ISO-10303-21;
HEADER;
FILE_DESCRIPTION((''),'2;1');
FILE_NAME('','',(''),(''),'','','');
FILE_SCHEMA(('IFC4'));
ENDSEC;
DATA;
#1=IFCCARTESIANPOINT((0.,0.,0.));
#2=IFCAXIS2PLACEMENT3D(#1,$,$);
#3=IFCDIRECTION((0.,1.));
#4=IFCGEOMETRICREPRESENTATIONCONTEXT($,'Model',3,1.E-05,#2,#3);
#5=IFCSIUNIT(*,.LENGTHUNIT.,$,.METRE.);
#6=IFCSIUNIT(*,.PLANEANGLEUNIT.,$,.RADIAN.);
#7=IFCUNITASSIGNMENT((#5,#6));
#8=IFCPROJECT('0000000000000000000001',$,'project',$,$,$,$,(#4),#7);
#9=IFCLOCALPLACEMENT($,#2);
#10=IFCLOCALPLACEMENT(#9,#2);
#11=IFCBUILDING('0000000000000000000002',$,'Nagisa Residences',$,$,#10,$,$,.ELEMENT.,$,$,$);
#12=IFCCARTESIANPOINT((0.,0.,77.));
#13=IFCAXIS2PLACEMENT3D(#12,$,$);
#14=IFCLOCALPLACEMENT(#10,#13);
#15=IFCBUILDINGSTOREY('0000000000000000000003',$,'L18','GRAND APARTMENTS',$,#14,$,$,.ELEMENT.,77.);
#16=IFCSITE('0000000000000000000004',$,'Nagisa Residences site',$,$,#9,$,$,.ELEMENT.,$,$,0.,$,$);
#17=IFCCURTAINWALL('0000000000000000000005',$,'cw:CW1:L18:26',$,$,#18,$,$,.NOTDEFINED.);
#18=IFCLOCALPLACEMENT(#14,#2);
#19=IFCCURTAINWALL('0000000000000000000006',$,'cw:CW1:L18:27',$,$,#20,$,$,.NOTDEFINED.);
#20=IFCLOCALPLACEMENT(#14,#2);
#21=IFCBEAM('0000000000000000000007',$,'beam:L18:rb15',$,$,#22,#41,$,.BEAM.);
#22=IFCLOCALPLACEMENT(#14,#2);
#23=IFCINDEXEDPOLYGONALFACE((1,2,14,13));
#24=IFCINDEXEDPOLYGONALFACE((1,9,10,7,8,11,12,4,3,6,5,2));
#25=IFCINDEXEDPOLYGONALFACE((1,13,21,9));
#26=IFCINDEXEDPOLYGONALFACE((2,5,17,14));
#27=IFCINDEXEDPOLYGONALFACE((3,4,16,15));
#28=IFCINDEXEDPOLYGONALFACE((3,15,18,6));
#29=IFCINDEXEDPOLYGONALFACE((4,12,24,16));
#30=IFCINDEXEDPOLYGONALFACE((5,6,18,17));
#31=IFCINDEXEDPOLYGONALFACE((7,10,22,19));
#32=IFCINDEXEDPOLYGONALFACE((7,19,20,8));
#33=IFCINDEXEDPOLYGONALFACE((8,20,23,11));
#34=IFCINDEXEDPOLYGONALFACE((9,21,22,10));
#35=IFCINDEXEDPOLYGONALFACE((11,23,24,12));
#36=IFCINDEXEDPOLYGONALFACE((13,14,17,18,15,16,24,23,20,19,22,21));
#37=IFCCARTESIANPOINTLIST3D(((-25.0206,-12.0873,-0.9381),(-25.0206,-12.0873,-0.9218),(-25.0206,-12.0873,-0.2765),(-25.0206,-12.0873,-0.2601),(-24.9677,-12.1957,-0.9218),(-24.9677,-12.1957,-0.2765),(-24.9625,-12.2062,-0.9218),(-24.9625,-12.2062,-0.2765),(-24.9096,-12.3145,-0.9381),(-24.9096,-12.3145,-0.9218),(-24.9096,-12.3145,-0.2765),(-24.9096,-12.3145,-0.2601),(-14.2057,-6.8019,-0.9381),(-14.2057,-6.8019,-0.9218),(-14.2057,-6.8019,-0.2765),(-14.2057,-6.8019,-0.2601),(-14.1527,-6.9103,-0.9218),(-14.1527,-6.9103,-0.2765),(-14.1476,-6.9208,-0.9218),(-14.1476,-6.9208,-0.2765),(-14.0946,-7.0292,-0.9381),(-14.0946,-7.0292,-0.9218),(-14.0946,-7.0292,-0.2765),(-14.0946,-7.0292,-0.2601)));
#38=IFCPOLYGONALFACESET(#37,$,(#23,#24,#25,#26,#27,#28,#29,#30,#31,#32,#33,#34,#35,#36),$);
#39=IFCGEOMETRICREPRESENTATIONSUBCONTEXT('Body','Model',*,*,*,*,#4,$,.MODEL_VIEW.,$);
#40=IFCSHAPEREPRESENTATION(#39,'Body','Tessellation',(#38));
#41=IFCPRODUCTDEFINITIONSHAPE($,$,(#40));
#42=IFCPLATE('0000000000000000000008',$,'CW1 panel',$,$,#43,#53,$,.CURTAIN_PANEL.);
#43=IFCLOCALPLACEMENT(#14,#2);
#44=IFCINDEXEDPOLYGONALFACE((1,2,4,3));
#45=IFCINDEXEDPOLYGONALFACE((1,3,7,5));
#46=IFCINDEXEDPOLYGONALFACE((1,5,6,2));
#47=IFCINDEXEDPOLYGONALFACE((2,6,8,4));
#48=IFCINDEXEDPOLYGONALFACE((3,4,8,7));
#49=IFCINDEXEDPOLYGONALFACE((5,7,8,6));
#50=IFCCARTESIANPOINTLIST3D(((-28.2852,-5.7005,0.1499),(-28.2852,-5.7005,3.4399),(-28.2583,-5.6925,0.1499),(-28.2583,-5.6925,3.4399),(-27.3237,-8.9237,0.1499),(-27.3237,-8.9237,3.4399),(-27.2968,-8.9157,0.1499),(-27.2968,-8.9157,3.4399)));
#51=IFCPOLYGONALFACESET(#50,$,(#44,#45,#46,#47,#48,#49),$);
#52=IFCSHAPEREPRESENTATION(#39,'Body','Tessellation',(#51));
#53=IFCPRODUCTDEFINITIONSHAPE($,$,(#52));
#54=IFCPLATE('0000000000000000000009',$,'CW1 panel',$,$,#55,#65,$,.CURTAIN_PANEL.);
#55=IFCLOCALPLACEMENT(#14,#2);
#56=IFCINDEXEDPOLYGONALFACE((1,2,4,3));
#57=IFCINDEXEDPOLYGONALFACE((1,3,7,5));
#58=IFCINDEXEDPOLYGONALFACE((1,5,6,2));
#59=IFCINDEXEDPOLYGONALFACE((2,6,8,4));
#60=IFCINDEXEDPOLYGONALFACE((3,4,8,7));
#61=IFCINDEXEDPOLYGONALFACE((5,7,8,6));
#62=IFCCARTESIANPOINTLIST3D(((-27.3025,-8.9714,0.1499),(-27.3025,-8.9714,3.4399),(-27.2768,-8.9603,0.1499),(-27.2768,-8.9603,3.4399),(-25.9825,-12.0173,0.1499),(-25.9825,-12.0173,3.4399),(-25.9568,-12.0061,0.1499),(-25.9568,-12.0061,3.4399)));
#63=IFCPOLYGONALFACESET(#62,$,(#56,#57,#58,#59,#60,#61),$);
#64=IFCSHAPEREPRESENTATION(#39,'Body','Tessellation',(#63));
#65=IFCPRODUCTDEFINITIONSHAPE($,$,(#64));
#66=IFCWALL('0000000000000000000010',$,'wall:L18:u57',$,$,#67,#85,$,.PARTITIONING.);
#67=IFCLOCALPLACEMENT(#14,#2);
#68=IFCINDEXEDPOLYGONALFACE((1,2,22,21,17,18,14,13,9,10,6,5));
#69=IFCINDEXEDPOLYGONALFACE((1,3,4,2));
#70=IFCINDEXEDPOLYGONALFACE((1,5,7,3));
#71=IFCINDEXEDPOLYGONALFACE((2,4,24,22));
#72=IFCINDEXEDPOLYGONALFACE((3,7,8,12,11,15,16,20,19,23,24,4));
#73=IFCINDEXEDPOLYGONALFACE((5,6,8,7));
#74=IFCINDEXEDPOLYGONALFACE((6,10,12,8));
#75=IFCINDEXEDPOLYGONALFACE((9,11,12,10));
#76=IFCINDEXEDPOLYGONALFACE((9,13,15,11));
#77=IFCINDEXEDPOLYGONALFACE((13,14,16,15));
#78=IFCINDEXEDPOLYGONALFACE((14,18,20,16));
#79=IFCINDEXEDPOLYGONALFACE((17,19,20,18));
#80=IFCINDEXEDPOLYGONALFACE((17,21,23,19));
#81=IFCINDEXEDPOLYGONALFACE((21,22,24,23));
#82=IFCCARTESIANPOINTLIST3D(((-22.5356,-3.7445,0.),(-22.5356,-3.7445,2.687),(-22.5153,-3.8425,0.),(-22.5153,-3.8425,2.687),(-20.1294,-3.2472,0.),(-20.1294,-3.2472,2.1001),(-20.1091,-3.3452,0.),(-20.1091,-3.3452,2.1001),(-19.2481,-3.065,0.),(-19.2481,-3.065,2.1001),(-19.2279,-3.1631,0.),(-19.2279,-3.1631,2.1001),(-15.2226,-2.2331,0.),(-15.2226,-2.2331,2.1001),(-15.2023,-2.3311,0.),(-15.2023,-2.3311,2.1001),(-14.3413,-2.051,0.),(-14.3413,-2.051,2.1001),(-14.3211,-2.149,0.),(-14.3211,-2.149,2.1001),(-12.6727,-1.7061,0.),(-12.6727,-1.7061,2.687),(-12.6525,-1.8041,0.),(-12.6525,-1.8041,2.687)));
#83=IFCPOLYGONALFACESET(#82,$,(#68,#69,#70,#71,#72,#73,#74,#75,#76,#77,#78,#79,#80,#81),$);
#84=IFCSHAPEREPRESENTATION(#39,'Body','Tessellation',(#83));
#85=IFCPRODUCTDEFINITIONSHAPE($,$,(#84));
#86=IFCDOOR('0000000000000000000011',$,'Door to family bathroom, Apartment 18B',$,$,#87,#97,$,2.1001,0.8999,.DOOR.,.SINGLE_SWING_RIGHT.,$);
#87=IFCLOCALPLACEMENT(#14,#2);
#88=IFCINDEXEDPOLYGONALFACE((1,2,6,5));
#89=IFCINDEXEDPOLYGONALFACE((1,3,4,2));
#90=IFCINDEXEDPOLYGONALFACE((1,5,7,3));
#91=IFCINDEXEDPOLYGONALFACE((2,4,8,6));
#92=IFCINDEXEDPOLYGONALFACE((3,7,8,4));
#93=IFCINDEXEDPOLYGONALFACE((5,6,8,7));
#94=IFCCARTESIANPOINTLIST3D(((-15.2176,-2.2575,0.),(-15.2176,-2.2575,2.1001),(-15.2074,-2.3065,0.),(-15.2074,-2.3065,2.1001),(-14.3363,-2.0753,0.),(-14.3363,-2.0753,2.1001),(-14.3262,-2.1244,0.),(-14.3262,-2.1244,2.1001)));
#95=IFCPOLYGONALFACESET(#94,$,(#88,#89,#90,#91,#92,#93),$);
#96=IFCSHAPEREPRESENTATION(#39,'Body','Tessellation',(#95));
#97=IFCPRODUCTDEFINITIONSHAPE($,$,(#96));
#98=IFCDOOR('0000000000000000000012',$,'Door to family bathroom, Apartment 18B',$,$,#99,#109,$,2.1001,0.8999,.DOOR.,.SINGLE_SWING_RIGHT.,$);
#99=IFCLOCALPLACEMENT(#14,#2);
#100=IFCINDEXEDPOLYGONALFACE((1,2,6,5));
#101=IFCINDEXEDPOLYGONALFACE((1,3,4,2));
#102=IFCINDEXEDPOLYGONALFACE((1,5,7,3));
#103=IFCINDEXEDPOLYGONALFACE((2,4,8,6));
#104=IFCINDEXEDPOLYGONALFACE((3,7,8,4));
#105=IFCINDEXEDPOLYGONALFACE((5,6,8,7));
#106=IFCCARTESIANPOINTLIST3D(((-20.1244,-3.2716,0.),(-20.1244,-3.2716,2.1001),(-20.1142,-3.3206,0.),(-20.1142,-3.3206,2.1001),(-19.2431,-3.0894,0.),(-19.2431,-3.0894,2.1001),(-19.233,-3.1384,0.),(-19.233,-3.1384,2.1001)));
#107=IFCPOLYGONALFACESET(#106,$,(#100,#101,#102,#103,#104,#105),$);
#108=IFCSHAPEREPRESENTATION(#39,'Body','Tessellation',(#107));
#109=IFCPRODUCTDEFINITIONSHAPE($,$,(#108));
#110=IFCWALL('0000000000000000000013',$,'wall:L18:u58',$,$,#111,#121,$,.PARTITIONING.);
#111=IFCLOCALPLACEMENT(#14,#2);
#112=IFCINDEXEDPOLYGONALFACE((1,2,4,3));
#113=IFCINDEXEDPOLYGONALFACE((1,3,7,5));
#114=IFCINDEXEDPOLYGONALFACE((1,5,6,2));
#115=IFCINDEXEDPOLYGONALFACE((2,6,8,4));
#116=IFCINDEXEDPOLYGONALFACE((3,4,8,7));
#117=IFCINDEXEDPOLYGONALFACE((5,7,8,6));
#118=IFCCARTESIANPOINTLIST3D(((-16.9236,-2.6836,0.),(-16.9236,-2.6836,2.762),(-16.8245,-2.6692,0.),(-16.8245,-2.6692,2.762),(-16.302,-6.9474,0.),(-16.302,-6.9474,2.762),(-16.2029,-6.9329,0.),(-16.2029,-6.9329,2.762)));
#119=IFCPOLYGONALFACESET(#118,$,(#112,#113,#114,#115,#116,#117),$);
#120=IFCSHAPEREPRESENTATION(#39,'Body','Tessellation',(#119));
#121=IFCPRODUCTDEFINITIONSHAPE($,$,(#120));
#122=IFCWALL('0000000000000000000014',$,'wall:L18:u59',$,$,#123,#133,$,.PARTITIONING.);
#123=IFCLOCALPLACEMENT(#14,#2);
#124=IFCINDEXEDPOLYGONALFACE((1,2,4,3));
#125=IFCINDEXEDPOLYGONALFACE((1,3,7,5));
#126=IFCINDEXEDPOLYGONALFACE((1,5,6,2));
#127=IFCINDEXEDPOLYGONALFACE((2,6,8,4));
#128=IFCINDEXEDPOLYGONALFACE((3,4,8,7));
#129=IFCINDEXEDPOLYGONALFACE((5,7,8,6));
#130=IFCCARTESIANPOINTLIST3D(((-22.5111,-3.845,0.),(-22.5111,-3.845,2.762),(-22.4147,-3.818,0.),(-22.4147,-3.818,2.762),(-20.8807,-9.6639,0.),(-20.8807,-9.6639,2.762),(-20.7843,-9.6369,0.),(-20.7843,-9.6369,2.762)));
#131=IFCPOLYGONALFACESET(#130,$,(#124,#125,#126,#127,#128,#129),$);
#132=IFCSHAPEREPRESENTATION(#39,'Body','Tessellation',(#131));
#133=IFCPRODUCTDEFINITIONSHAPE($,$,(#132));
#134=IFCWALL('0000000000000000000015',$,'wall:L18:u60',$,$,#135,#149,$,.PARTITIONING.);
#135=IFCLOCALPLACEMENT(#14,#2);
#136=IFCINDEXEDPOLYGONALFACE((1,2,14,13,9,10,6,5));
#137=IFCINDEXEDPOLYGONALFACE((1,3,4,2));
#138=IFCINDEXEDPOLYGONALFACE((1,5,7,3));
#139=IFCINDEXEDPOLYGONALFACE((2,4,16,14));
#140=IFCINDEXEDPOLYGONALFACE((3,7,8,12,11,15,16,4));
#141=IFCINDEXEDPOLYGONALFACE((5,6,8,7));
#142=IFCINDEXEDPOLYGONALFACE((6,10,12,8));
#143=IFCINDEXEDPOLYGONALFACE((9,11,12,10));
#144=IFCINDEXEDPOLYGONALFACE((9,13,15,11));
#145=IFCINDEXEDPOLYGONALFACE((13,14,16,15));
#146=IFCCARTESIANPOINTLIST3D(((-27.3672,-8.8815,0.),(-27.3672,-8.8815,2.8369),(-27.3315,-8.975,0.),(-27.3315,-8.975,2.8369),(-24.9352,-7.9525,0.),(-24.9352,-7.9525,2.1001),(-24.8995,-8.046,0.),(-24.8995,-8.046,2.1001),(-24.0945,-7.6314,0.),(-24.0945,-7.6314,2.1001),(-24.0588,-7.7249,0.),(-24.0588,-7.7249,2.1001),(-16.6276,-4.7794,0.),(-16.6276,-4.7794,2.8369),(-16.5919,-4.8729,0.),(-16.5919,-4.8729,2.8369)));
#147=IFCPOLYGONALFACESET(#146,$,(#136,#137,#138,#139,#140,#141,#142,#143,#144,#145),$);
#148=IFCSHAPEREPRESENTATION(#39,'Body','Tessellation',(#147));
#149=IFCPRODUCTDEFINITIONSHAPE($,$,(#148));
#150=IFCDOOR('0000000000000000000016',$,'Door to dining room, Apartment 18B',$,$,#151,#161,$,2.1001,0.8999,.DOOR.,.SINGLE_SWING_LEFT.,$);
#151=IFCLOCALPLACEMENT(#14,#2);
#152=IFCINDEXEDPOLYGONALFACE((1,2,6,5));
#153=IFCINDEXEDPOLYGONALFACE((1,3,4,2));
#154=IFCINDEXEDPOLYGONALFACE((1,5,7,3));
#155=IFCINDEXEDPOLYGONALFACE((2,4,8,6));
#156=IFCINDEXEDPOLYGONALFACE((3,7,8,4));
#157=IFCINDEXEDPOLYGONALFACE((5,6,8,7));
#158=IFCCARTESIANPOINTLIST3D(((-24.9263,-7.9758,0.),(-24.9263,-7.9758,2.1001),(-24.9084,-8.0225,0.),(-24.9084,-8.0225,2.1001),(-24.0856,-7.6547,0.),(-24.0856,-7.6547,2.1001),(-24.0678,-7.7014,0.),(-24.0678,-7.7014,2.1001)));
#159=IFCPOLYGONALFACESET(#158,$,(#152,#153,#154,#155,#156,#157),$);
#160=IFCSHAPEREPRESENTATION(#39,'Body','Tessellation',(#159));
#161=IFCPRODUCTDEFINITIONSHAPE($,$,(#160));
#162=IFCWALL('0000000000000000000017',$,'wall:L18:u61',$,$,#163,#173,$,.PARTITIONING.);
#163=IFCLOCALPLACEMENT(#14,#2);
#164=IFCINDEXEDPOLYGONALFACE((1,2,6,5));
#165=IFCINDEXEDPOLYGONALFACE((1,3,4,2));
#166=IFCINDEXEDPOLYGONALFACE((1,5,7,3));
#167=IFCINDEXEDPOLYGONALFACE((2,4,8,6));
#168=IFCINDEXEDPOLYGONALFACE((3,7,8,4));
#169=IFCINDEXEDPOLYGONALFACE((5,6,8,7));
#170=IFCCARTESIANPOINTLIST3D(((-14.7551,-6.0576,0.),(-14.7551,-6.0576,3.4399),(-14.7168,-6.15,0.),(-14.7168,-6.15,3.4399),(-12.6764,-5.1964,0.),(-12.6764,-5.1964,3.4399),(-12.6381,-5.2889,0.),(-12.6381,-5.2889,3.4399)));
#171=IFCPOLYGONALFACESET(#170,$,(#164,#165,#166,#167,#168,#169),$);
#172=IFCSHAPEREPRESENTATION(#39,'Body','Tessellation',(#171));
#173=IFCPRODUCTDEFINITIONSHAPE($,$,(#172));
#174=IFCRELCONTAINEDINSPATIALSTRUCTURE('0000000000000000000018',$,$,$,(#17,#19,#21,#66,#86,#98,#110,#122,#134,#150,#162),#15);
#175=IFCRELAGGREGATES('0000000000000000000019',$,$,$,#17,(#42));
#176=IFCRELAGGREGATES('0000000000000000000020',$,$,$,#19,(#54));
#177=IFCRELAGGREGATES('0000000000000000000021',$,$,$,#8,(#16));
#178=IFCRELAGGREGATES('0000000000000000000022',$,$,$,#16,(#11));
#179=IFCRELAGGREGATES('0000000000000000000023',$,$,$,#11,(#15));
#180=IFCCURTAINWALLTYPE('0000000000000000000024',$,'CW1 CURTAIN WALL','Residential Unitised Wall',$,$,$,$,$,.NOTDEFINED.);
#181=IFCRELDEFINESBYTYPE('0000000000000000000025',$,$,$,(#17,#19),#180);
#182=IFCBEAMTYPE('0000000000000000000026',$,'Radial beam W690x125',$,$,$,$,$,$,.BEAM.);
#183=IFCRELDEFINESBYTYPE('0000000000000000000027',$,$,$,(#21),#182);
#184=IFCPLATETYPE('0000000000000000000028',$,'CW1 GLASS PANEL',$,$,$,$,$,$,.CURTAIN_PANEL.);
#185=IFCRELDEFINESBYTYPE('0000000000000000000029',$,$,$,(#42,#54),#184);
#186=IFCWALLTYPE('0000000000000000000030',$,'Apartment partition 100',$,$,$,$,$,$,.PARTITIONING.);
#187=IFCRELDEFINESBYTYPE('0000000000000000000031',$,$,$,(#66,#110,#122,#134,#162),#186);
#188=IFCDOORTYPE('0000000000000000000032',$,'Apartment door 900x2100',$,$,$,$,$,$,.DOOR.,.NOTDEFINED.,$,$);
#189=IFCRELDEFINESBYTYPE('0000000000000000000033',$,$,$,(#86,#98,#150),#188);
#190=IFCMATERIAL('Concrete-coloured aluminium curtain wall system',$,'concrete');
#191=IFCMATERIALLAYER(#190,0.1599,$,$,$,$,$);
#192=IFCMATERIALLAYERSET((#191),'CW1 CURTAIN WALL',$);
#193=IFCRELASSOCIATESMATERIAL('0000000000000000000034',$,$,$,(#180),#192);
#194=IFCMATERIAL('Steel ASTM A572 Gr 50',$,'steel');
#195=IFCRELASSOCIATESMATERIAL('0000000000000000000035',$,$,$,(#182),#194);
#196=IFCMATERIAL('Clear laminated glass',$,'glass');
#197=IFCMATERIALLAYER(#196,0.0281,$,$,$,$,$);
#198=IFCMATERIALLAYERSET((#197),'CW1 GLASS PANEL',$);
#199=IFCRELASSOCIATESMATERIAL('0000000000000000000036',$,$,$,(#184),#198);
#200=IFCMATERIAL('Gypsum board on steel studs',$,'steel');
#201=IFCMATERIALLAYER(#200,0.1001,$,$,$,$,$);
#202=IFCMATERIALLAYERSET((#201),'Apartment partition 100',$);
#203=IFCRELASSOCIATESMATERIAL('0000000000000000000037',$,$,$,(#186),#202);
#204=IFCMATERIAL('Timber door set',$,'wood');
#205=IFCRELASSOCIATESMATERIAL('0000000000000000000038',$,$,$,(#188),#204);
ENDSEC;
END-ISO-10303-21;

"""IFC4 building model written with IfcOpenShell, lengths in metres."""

from ifc_helpers import new_model, si_unit, direction, frame, frame_2d, origin, origin_2d, place, context, subcontext, project, spatial, rectangle, i_section, extrude, material, layer, layer_set, material_profile, profile_set, type_object, element, fill, aggregate, save


model = new_model("IFC4")

# Units and contexts
model_context = context("Model", 3, precision=1e-05, world=origin(), true_north=direction((0.0, 1.0)))
body_context = subcontext(model_context, "Body", "Model", "MODEL_VIEW")
ifc_project = project(units=[si_unit("LENGTHUNIT", "METRE"), si_unit("PLANEANGLEUNIT", "RADIAN")], contexts=[model_context])

# Site, building, storey
site_placement = place(None, origin())
site = spatial("IfcSite", under=ifc_project, at=site_placement, Name="Nagisa Residences site", CompositionType="ELEMENT", RefElevation=0.0)
building_placement = place(site_placement, origin())
building = spatial("IfcBuilding", under=site, at=building_placement, Name="Nagisa Residences", CompositionType="ELEMENT")
storey_placement = place(building_placement, frame((0.0, 0.0, 77.0)))
storey = spatial("IfcBuildingStorey", under=building, at=storey_placement, Name="L18", Description="GRAND APARTMENTS", CompositionType="ELEMENT", Elevation=77.0)

# Curtain walls
ifc_material_1 = material(Name="Concrete-coloured aluminium curtain wall system", Category="concrete")
ifc_layer_1 = layer(ifc_material_1, 0.1599)
ifc_layer_set_1 = layer_set([ifc_layer_1], Name="CW1 CURTAIN WALL")
curtain_wall_type = type_object("IfcCurtainWallType", Name="CW1 CURTAIN WALL", Description="Residential Unitised Wall", PredefinedType="NOTDEFINED", material=ifc_layer_set_1)
curtain_wall_1_placement = place(storey_placement, origin())
curtain_wall_1 = element("IfcCurtainWall", 1, at=curtain_wall_1_placement, inside=storey, type_object=curtain_wall_type, Name="cw:CW1:L18:26", PredefinedType="NOTDEFINED")
curtain_wall_2_placement = place(storey_placement, origin())
curtain_wall_2 = element("IfcCurtainWall", 2, at=curtain_wall_2_placement, inside=storey, type_object=curtain_wall_type, Name="cw:CW1:L18:27", PredefinedType="NOTDEFINED")

# Beam
ifc_material_2 = material(Name="Steel ASTM A572 Gr 50", Category="steel")
ifc_material_profile_1 = material_profile(ifc_material_2, i_section(OverallWidth=0.2529, OverallDepth=0.678, WebThickness=0.0117, FlangeThickness=0.0164, at=origin_2d()), Name="W690x125")
ifc_profile_set_1 = profile_set([ifc_material_profile_1], Name="Steel ASTM A572 Gr 50")
beam_type_1 = type_object("IfcBeamType", Name="Radial beam W690x125", PredefinedType="BEAM", material=ifc_profile_set_1)
beam_1_placement = place(storey_placement, frame((-24.9651, -12.2009, -0.5991), z_axis=(0.898447, 0.439082, 0.0), x_axis=(-0.439082, 0.898447, 0.0)))
element("IfcBeam", 3, at=beam_1_placement, inside=storey, type_object=beam_type_1, Name="beam:L18:rb15", PredefinedType="BEAM", context=body_context, shape_type="SweptSolid", body=[
    extrude(i_section(OverallWidth=0.2529, OverallDepth=0.678, WebThickness=0.0117, FlangeThickness=0.0164, at=origin_2d()), origin(), (0.0, 0.0, 1.0), 12.0374),
])

# Plates
ifc_material_3 = material(Name="Clear laminated glass", Category="glass")
ifc_layer_2 = layer(ifc_material_3, 0.0281)
ifc_layer_set_2 = layer_set([ifc_layer_2], Name="CW1 GLASS PANEL")
plate_type = type_object("IfcPlateType", Name="CW1 GLASS PANEL", PredefinedType="CURTAIN_PANEL", material=ifc_layer_set_2)
plate_1_placement = place(storey_placement, frame((-27.791, -7.3081, 0.1499), z_axis=(0.0, 0.0, 1.0), x_axis=(0.28586, -0.958271, 0.0)))
plate_1 = element("IfcPlate", 4, at=plate_1_placement, type_object=plate_type, Name="CW1 panel", PredefinedType="CURTAIN_PANEL", context=body_context, shape_type="SweptSolid", body=[
    extrude(rectangle(XDim=3.3635, YDim=0.0281, at=origin_2d()), origin(), (0.0, 0.0, 1.0), 3.29),
])
aggregate(curtain_wall_1, [plate_1])
plate_2_placement = place(storey_placement, frame((-26.6296, -10.4888, 0.1499), z_axis=(0.0, 0.0, 1.0), x_axis=(0.397636, -0.917543, 0.0)))
plate_2 = element("IfcPlate", 5, at=plate_2_placement, type_object=plate_type, Name="CW1 panel", PredefinedType="CURTAIN_PANEL", context=body_context, shape_type="SweptSolid", body=[
    extrude(rectangle(XDim=3.3196, YDim=0.0281, at=origin_2d()), origin(), (0.0, 0.0, 1.0), 3.29),
])
aggregate(curtain_wall_2, [plate_2])

# Wall, openings, doors
ifc_material_4 = material(Name="Gypsum board on steel studs", Category="steel")
ifc_layer_3 = layer(ifc_material_4, 0.1001)
ifc_layer_set_3 = layer_set([ifc_layer_3], Name="Apartment partition 100")
wall_type_1 = type_object("IfcWallType", Name="Apartment partition 100", PredefinedType="PARTITIONING", material=ifc_layer_set_3)
wall_1_placement = place(storey_placement, frame((-12.6626, -1.7551, 0.0), z_axis=(0.0, 0.0, 1.0), x_axis=(-0.979305, -0.202392, 0.0)))
wall_1 = element("IfcWall", 6, at=wall_1_placement, inside=storey, type_object=wall_type_1, Name="wall:L18:u57", PredefinedType="PARTITIONING", context=body_context, shape_type="SweptSolid", body=[
    extrude(rectangle(XDim=10.0713, YDim=0.1001, at=frame_2d((5.0356, 0.0))), origin(), (0.0, 0.0, 1.0), 2.687),
])
opening_1_placement = place(wall_1_placement, frame((1.7039, 0.0, 0.0)))
opening_1 = element("IfcOpeningElement", 7, at=opening_1_placement, cuts=wall_1, PredefinedType="OPENING", context=body_context, shape_type="SweptSolid", body=[
    extrude(rectangle(XDim=0.8999, YDim=2.1001, at=frame_2d((0.45, 1.05))), frame((0.0, 0.0601, 0.0), z_axis=(0.0, -1.0, 0.0), x_axis=(1.0, 0.0, 0.0)), (0.0, 0.0, 1.0), 0.1201),
])
opening_2_placement = place(wall_1_placement, frame((6.7144, 0.0, 0.0)))
opening_2 = element("IfcOpeningElement", 8, at=opening_2_placement, cuts=wall_1, PredefinedType="OPENING", context=body_context, shape_type="SweptSolid", body=[
    extrude(rectangle(XDim=0.8999, YDim=2.1001, at=frame_2d((0.45, 1.05))), frame((0.0, 0.0601, 0.0), z_axis=(0.0, -1.0, 0.0), x_axis=(1.0, 0.0, 0.0)), (0.0, 0.0, 1.0), 0.1201),
])
ifc_material_5 = material(Name="Timber door set", Category="wood")
door_type_1 = type_object("IfcDoorType", Name="Apartment door 900x2100", OperationType="NOTDEFINED", PredefinedType="DOOR", material=ifc_material_5)
door_1_placement = place(opening_1_placement, origin())
door_1 = element("IfcDoor", 9, at=door_1_placement, inside=storey, type_object=door_type_1, Name="Door to family bathroom, Apartment 18B", OperationType="SINGLE_SWING_RIGHT", OverallHeight=2.1001, OverallWidth=0.8999, PredefinedType="DOOR", context=body_context, shape_type="SweptSolid", body=[
    extrude(rectangle(XDim=0.8999, YDim=2.1001, at=frame_2d((0.45, 1.05))), frame((0.0, 0.0249, 0.0), z_axis=(0.0, -1.0, 0.0), x_axis=(1.0, 0.0, 0.0)), (0.0, 0.0, 1.0), 0.05),
])
fill(opening_1, door_1)
door_2_placement = place(opening_2_placement, origin())
door_2 = element("IfcDoor", 10, at=door_2_placement, inside=storey, type_object=door_type_1, Name="Door to family bathroom, Apartment 18B", OperationType="SINGLE_SWING_RIGHT", OverallHeight=2.1001, OverallWidth=0.8999, PredefinedType="DOOR", context=body_context, shape_type="SweptSolid", body=[
    extrude(rectangle(XDim=0.8999, YDim=2.1001, at=frame_2d((0.45, 1.05))), frame((0.0, 0.0249, 0.0), z_axis=(0.0, -1.0, 0.0), x_axis=(1.0, 0.0, 0.0)), (0.0, 0.0, 1.0), 0.05),
])
fill(opening_2, door_2)

# Walls
wall_2_placement = place(storey_placement, frame((-16.874, -2.6765, 0.0), z_axis=(0.0, 0.0, 1.0), x_axis=(0.144261, -0.98954, 0.0)))
element("IfcWall", 11, at=wall_2_placement, inside=storey, type_object=wall_type_1, Name="wall:L18:u58", PredefinedType="PARTITIONING", context=body_context, shape_type="SweptSolid", body=[
    extrude(rectangle(XDim=4.3088, YDim=0.1001, at=frame_2d((2.1543, 0.0))), origin(), (0.0, 0.0, 1.0), 2.762),
])
wall_3_placement = place(storey_placement, frame((-22.4629, -3.8315, 0.0), z_axis=(0.0, 0.0, 1.0), x_axis=(0.269798, -0.962917, 0.0)))
element("IfcWall", 12, at=wall_3_placement, inside=storey, type_object=wall_type_1, Name="wall:L18:u59", PredefinedType="PARTITIONING", context=body_context, shape_type="SweptSolid", body=[
    extrude(rectangle(XDim=6.043, YDim=0.1001, at=frame_2d((3.0215, 0.0))), origin(), (0.0, 0.0, 1.0), 2.762),
])

# Wall, opening, door
wall_4_placement = place(storey_placement, frame((-16.6099, -4.8262, 0.0), z_axis=(0.0, 0.0, 1.0), x_axis=(-0.934175, -0.356816, 0.0)))
wall_4 = element("IfcWall", 13, at=wall_4_placement, inside=storey, type_object=wall_type_1, Name="wall:L18:u60", PredefinedType="PARTITIONING", context=body_context, shape_type="SweptSolid", body=[
    extrude(rectangle(XDim=11.4963, YDim=0.1001, at=frame_2d((5.748, 0.0))), origin(), (0.0, 0.0, 1.0), 2.8369),
])
opening_3_placement = place(wall_4_placement, frame((7.9929, 0.0, 0.0)))
opening_3 = element("IfcOpeningElement", 14, at=opening_3_placement, cuts=wall_4, PredefinedType="OPENING", context=body_context, shape_type="SweptSolid", body=[
    extrude(rectangle(XDim=0.8999, YDim=2.1001, at=frame_2d((0.45, 1.05))), frame((0.0, 0.0601, 0.0), z_axis=(0.0, -1.0, 0.0), x_axis=(1.0, 0.0, 0.0)), (0.0, 0.0, 1.0), 0.1201),
])
door_3_placement = place(opening_3_placement, origin())
door_3 = element("IfcDoor", 15, at=door_3_placement, inside=storey, type_object=door_type_1, Name="Door to dining room, Apartment 18B", OperationType="SINGLE_SWING_LEFT", OverallHeight=2.1001, OverallWidth=0.8999, PredefinedType="DOOR", context=body_context, shape_type="SweptSolid", body=[
    extrude(rectangle(XDim=0.8999, YDim=2.1001, at=frame_2d((0.45, 1.05))), frame((0.0, 0.0249, 0.0), z_axis=(0.0, -1.0, 0.0), x_axis=(1.0, 0.0, 0.0)), (0.0, 0.0, 1.0), 0.05),
])
fill(opening_3, door_3)

# Wall
wall_5_placement = place(storey_placement, frame((-12.6572, -5.2427, 0.0), z_axis=(0.0, 0.0, 1.0), x_axis=(-0.923865, -0.382719, 0.0)))
element("IfcWall", 16, at=wall_5_placement, inside=storey, type_object=wall_type_1, Name="wall:L18:u61", PredefinedType="PARTITIONING", context=body_context, shape_type="SweptSolid", body=[
    extrude(rectangle(XDim=2.25, YDim=0.1001, at=frame_2d((1.125, 0.0))), origin(), (0.0, 0.0, 1.0), 3.4399),
])

save(model, "model.ifc")
